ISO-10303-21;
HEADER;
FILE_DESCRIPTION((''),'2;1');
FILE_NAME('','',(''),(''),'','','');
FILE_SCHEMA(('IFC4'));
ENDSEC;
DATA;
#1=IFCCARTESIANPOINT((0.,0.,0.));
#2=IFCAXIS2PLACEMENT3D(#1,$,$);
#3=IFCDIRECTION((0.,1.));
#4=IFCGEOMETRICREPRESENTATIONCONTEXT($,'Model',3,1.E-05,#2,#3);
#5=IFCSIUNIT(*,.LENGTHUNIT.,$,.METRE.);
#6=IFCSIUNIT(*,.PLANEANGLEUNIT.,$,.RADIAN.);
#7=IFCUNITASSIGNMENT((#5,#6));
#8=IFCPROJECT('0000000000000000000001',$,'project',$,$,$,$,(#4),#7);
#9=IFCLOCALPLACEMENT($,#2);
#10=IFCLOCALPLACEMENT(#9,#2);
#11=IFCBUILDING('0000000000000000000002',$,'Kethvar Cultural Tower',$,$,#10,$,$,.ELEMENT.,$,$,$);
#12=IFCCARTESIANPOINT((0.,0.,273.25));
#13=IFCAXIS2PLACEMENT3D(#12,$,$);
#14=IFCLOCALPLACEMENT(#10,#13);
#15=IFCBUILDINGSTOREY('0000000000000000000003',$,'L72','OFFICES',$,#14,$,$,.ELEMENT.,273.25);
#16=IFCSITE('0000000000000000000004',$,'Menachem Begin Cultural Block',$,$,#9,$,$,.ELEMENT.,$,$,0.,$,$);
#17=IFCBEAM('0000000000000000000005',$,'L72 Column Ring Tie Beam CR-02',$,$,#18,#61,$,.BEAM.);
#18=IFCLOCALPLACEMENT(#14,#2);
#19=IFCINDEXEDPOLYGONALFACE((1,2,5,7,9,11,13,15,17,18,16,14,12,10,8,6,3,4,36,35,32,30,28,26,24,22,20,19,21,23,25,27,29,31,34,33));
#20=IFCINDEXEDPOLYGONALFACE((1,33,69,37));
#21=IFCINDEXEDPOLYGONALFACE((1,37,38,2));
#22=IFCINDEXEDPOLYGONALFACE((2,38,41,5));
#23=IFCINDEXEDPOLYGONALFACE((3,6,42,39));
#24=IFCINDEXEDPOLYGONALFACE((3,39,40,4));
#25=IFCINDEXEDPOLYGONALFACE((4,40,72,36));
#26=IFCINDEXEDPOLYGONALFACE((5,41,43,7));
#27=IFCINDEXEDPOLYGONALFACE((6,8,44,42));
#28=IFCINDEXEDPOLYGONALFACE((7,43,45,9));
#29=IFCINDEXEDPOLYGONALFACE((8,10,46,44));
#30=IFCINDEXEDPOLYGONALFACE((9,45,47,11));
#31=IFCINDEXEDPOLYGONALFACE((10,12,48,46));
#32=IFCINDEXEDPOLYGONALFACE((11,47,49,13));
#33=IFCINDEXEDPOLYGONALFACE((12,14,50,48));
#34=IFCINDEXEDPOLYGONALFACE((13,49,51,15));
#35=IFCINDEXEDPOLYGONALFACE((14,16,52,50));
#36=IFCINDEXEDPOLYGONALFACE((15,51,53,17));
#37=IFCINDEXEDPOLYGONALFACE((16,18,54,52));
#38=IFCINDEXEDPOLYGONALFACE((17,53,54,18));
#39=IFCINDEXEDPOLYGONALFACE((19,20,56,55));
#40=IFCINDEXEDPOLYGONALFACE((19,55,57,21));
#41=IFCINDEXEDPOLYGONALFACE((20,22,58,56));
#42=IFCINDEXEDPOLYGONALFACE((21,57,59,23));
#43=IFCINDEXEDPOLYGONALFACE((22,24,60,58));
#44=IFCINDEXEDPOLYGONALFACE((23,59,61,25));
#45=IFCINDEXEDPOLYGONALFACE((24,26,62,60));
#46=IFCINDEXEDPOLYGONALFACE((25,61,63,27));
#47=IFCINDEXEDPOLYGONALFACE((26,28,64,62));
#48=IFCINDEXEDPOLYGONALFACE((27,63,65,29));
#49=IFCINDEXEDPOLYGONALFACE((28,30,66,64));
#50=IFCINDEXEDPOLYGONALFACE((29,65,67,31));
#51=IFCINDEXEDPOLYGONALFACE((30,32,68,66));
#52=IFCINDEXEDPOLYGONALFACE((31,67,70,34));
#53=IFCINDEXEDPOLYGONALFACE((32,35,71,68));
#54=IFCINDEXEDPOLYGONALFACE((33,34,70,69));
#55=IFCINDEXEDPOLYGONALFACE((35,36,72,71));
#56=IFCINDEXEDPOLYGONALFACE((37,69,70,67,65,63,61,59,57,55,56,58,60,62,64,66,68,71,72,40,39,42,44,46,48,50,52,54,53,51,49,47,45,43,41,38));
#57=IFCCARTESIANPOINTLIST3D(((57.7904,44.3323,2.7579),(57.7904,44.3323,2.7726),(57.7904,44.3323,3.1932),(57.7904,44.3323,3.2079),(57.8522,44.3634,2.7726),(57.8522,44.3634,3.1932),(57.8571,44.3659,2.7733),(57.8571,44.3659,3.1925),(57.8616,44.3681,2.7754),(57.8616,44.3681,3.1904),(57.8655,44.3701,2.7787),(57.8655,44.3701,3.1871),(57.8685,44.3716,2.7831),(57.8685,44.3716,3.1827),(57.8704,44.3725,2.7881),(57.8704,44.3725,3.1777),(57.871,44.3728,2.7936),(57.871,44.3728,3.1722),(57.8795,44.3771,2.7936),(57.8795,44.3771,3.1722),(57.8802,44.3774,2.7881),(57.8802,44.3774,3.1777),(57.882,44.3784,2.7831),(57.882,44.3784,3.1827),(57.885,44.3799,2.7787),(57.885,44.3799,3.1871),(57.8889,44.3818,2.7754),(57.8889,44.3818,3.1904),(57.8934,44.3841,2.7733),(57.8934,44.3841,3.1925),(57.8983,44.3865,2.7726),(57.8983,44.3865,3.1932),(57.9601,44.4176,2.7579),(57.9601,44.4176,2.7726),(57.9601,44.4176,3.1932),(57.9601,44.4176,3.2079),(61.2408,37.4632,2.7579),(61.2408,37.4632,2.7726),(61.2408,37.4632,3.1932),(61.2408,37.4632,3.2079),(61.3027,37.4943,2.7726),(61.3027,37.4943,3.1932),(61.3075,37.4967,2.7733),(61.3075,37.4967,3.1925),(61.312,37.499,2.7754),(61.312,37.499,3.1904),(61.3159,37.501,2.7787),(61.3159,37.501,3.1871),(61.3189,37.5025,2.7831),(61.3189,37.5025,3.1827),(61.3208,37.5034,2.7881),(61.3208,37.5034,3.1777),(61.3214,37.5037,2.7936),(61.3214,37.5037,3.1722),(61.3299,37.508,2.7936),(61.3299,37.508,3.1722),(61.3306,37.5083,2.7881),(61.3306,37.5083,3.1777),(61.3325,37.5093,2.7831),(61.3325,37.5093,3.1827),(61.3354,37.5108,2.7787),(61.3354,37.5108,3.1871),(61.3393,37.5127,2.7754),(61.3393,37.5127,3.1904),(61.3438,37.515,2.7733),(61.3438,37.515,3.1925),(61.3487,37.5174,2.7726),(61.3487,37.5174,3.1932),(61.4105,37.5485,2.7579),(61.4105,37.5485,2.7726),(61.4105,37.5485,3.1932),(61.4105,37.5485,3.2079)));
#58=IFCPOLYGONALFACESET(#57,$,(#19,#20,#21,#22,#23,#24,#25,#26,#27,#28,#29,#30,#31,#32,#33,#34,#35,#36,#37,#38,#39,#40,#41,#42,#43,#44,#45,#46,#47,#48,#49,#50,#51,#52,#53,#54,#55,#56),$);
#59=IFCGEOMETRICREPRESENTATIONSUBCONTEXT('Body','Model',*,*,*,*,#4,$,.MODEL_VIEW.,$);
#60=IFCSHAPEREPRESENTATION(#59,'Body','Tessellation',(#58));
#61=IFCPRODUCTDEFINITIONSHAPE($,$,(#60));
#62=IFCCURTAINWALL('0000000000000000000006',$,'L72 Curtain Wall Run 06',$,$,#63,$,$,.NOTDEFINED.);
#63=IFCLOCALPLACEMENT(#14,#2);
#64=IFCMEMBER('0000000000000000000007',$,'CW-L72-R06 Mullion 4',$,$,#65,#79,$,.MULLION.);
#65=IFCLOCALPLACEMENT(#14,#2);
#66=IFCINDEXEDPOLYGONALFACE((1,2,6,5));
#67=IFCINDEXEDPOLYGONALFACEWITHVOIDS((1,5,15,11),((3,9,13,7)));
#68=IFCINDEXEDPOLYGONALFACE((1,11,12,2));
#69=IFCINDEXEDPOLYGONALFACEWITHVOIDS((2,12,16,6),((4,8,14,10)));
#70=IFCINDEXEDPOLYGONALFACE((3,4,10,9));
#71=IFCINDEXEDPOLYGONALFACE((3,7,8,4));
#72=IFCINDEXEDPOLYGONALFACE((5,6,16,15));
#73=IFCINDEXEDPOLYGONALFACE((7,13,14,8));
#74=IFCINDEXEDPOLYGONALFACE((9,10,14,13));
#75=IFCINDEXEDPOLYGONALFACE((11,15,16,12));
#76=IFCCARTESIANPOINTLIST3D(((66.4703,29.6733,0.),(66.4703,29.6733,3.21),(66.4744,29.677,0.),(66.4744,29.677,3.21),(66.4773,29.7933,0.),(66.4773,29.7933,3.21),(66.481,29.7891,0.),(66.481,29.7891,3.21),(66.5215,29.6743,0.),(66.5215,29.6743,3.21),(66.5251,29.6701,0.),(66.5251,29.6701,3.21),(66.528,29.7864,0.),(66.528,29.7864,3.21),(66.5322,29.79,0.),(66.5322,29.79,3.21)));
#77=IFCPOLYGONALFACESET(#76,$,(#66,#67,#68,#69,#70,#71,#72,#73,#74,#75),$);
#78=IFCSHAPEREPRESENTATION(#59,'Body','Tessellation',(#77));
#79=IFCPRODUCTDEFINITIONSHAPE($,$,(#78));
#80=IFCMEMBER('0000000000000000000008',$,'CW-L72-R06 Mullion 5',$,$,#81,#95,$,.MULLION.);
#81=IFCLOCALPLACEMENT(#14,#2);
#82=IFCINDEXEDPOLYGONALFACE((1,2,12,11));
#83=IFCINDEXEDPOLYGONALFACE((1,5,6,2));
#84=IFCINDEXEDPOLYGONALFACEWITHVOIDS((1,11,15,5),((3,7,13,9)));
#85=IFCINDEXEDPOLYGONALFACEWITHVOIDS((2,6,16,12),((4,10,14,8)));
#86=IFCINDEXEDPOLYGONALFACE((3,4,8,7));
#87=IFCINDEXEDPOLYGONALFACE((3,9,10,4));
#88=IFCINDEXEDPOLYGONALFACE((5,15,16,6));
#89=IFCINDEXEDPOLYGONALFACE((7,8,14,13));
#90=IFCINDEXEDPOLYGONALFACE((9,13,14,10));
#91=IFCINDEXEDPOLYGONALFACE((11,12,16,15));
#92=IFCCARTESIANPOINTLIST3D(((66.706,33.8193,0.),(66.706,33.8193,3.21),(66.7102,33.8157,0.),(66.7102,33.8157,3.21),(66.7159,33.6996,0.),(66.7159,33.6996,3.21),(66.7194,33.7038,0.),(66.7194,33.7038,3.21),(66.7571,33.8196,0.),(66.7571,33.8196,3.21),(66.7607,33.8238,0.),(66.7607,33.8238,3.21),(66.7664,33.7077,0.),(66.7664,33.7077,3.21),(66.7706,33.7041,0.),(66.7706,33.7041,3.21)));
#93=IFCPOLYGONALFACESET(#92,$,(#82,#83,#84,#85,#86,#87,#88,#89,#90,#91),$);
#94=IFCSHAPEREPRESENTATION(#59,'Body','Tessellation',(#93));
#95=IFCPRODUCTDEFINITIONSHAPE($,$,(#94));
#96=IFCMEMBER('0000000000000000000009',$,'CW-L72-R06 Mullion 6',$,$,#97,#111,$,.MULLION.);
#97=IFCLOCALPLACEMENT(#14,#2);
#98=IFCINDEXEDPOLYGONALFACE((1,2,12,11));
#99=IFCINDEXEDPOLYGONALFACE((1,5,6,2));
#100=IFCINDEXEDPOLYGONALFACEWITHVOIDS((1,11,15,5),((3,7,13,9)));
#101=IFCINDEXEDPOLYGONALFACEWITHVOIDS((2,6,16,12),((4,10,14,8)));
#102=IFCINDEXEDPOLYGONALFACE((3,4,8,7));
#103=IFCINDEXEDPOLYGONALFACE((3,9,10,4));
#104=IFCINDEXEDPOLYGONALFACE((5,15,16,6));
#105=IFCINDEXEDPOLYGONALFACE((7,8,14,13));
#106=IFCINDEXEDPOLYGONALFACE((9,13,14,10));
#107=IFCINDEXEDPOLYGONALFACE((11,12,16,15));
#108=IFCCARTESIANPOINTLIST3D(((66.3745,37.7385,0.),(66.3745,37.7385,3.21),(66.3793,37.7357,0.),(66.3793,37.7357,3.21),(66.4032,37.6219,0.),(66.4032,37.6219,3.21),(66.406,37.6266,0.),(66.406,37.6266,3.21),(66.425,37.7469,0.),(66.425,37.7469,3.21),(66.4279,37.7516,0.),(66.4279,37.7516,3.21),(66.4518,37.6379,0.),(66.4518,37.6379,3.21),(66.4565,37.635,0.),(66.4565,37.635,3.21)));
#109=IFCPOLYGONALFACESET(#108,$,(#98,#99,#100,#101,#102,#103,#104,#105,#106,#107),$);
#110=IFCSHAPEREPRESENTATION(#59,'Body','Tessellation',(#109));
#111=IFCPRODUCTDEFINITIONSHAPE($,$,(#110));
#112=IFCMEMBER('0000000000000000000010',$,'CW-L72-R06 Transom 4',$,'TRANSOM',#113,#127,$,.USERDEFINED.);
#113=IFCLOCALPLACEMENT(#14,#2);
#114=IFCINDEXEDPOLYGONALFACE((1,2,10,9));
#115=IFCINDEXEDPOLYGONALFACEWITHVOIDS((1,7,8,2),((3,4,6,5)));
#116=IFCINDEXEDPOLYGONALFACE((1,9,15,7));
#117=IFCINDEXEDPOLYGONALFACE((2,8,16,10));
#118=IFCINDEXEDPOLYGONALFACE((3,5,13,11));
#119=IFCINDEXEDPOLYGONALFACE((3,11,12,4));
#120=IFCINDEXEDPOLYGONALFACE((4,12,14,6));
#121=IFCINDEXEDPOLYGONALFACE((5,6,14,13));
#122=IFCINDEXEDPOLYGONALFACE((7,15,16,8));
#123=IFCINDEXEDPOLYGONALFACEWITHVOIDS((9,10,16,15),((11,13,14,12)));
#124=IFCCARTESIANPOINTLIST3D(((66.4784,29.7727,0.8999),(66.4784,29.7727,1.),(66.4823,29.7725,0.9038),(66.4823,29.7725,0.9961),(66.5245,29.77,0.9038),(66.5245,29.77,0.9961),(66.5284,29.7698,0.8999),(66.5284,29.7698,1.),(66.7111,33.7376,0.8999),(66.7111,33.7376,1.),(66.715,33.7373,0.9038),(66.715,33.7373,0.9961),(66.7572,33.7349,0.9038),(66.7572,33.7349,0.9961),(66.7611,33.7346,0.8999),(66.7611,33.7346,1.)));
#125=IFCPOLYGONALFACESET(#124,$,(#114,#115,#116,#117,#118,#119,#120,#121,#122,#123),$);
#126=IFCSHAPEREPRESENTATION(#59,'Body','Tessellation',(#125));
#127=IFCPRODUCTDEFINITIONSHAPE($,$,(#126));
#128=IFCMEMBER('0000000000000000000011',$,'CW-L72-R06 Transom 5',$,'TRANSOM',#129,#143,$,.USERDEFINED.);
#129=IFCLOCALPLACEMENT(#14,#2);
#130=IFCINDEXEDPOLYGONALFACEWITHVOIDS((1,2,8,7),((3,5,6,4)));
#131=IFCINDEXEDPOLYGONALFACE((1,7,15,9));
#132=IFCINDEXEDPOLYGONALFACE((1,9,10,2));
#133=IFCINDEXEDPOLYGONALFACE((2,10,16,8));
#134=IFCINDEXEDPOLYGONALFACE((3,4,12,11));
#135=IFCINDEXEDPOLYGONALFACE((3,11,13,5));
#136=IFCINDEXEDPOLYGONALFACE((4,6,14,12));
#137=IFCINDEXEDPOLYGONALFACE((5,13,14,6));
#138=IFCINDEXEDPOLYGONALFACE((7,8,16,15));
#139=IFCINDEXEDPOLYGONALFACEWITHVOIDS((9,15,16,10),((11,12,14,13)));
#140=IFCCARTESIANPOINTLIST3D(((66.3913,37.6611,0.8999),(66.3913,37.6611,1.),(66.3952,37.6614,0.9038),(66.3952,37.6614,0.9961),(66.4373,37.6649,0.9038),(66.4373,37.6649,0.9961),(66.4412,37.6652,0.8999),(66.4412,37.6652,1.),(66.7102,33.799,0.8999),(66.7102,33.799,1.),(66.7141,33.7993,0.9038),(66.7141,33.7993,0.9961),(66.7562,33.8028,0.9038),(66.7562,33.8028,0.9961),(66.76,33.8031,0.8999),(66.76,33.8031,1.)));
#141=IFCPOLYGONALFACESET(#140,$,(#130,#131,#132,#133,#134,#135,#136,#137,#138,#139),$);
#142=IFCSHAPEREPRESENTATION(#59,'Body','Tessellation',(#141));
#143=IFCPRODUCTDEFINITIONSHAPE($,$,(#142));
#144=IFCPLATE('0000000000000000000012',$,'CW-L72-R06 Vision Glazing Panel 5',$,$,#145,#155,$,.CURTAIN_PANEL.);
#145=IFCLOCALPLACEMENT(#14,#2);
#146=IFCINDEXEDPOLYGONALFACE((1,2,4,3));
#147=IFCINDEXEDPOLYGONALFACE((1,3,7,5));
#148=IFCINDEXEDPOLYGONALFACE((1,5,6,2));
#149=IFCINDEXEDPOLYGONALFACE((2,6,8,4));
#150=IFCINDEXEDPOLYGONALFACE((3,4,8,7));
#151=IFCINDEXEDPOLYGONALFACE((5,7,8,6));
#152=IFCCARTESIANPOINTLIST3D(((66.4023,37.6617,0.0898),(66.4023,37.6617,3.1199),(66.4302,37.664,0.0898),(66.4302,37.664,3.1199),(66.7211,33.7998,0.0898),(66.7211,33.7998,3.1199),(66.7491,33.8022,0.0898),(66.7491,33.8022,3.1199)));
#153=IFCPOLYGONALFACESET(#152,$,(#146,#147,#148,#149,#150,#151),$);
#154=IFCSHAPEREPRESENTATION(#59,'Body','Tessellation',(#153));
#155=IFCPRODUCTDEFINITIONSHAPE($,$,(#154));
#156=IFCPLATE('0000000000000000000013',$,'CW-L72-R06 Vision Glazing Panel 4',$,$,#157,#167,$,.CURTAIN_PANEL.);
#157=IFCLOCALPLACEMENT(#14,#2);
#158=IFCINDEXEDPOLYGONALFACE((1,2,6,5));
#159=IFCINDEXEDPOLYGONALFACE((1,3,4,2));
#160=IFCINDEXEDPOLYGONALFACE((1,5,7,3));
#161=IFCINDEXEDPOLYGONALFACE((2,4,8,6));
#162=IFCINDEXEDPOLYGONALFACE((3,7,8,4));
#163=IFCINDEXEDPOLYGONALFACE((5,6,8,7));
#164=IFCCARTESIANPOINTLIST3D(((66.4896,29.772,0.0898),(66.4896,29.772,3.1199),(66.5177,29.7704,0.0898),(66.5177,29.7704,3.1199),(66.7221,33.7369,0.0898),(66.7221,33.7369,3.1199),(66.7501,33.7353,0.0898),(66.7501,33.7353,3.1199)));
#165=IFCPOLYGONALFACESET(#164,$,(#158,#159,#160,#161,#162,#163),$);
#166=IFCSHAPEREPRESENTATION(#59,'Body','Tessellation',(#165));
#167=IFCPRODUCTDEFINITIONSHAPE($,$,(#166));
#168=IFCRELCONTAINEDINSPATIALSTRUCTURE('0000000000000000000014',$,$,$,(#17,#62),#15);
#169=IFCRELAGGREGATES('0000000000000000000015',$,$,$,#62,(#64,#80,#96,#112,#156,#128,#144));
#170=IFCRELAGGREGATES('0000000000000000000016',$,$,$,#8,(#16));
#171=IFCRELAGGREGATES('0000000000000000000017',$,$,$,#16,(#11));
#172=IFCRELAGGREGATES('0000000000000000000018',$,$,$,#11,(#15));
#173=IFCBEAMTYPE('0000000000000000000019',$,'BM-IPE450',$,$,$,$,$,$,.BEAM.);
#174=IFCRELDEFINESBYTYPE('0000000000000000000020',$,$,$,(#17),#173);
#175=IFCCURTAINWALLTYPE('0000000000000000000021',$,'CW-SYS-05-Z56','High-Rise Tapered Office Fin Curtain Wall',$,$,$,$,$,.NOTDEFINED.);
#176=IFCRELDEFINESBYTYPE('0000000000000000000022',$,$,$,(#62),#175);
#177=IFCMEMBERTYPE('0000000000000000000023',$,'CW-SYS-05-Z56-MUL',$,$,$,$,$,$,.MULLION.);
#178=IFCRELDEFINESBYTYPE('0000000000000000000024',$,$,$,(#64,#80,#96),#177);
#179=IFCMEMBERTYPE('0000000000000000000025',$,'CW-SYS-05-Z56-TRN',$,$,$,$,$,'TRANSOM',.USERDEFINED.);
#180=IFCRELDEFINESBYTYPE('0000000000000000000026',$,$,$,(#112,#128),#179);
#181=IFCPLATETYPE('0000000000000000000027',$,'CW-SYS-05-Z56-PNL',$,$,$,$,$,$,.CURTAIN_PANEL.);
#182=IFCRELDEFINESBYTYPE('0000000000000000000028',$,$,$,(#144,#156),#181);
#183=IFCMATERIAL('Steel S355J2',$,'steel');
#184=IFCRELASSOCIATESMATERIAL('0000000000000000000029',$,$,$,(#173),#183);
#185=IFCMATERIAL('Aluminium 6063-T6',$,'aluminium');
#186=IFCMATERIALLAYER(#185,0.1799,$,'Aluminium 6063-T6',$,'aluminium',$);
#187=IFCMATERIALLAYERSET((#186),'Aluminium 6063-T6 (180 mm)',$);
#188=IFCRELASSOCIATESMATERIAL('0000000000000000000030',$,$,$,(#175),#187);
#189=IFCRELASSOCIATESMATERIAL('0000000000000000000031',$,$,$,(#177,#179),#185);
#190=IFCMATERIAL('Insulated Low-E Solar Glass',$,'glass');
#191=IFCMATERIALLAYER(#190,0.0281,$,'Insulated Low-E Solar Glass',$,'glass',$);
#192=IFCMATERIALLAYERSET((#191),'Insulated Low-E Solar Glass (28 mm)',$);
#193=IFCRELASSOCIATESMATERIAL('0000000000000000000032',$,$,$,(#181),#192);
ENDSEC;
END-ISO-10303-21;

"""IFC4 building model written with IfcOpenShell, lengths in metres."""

from ifc_helpers import new_model, si_unit, direction, frame, origin, origin_2d, place, context, subcontext, project, spatial, rectangle, hollow_rectangle, i_section, extrude, source, transform, mapped, material, layer, layer_set, material_profile, profile_set, type_object, element, aggregate, save


model = new_model("IFC4")

# Units and contexts
model_context = context("Model", 3, precision=1e-05, world=origin(), true_north=direction((0.0, 1.0)))
body_context = subcontext(model_context, "Body", "Model", "MODEL_VIEW")
ifc_project = project(units=[si_unit("LENGTHUNIT", "METRE"), si_unit("PLANEANGLEUNIT", "RADIAN")], contexts=[model_context])

# Site, building, storey
site_placement = place(None, origin())
site = spatial("IfcSite", under=ifc_project, at=site_placement, Name="Menachem Begin Cultural Block", CompositionType="ELEMENT", RefElevation=0.0)
building_placement = place(site_placement, origin())
building = spatial("IfcBuilding", under=site, at=building_placement, Name="Kethvar Cultural Tower", CompositionType="ELEMENT")
storey_placement = place(building_placement, frame((0.0, 0.0, 273.25)))
storey = spatial("IfcBuildingStorey", under=building, at=storey_placement, Name="L72", Description="OFFICES", CompositionType="ELEMENT", Elevation=273.25)

# Shared definitions
ifc_material_1 = material(Name="Steel S355J2", Category="steel")

# Beam
ifc_material_profile_1 = material_profile(ifc_material_1, i_section(OverallWidth=0.1899, OverallDepth=0.45, WebThickness=0.0095, FlangeThickness=0.0146, FilletRadius=0.021, at=origin_2d()), Name="Steel S355J2 — IPE450")
ifc_profile_set_1 = profile_set([ifc_material_profile_1], Name="Steel S355J2 — IPE450")
beam_type_1 = type_object("IfcBeamType", Name="BM-IPE450", PredefinedType="BEAM", material=ifc_profile_set_1)
shared_shape_1 = source(origin(), body_context, "Body", "SweptSolid", [
    extrude(i_section(OverallWidth=0.1899, OverallDepth=0.45, WebThickness=0.0095, FlangeThickness=0.0146, FilletRadius=0.021, at=origin_2d()), origin(), (0.0, 0.0, 1.0), 7.687),
])
beam_1_placement = place(storey_placement, frame((61.3257, 37.5059, 2.9829), z_axis=(-0.448864, 0.8936, 0.0), x_axis=(-0.8936, -0.448864, 0.0)))
element("IfcBeam", 1, at=beam_1_placement, inside=storey, type_object=beam_type_1, Name="L72 Column Ring Tie Beam CR-02", PredefinedType="BEAM", context=body_context, shape_type="MappedRepresentation", body=[
    mapped(shared_shape_1, transform((0.0, 0.0, 0.0), scale=1.0)),
])

# Curtain wall, members, plates
ifc_material_2 = material(Name="Aluminium 6063-T6", Category="aluminium")
ifc_layer_1 = layer(ifc_material_2, 0.1799, Name="Aluminium 6063-T6", Category="aluminium")
ifc_layer_set_1 = layer_set([ifc_layer_1], Name="Aluminium 6063-T6 (180 mm)")
curtain_wall_type = type_object("IfcCurtainWallType", Name="CW-SYS-05-Z56", Description="High-Rise Tapered Office Fin Curtain Wall", PredefinedType="NOTDEFINED", material=ifc_layer_set_1)
curtain_wall_placement = place(storey_placement, origin())
curtain_wall = element("IfcCurtainWall", 2, at=curtain_wall_placement, inside=storey, type_object=curtain_wall_type, Name="L72 Curtain Wall Run 06", PredefinedType="NOTDEFINED")
ifc_material_profile_2 = material_profile(ifc_material_2, hollow_rectangle(XDim=0.0549, YDim=0.1201, WallThickness=0.0039, at=origin_2d()), Name="Aluminium 6063-T6 — RHS120x55x4")
ifc_profile_set_2 = profile_set([ifc_material_profile_2], Name="Aluminium 6063-T6 — RHS120x55x4")
member_type_1 = type_object("IfcMemberType", Name="CW-SYS-05-Z56-MUL", PredefinedType="MULLION", material=ifc_profile_set_2)
shared_shape_2 = source(origin(), body_context, "Body", "SweptSolid", [
    extrude(hollow_rectangle(XDim=0.0549, YDim=0.1201, WallThickness=0.0039, at=origin_2d()), origin(), (0.0, 0.0, 1.0), 3.21),
])
member_1_placement = place(storey_placement, frame((66.5012, 29.7317, 0.0), z_axis=(0.0, 0.0, 1.0), x_axis=(-0.998286, 0.058522, 0.0)))
member_1 = element("IfcMember", 3, at=member_1_placement, type_object=member_type_1, Name="CW-L72-R06 Mullion 4", PredefinedType="MULLION", context=body_context, shape_type="MappedRepresentation", body=[
    mapped(shared_shape_2, transform((0.0, 0.0, 0.0), scale=1.0)),
])
member_2_placement = place(storey_placement, frame((66.7383, 33.7617, 0.0), z_axis=(0.0, 0.0, 1.0), x_axis=(-0.996609, -0.082286, 0.0)))
member_2 = element("IfcMember", 4, at=member_2_placement, type_object=member_type_1, Name="CW-L72-R06 Mullion 5", PredefinedType="MULLION", context=body_context, shape_type="MappedRepresentation", body=[
    mapped(shared_shape_2, transform((0.0, 0.0, 0.0), scale=1.0)),
])
member_3_placement = place(storey_placement, frame((66.4155, 37.6868, 0.0), z_axis=(0.0, 0.0, 1.0), x_axis=(-0.971138, -0.238517, 0.0)))
member_3 = element("IfcMember", 5, at=member_3_placement, type_object=member_type_1, Name="CW-L72-R06 Mullion 6", PredefinedType="MULLION", context=body_context, shape_type="MappedRepresentation", body=[
    mapped(shared_shape_2, transform((0.0, 0.0, 0.0), scale=1.0)),
])
ifc_material_profile_3 = material_profile(ifc_material_2, hollow_rectangle(XDim=0.05, YDim=0.1001, WallThickness=0.0039, at=origin_2d()), Name="Aluminium 6063-T6 — RHS100x50x4")
ifc_profile_set_3 = profile_set([ifc_material_profile_3], Name="Aluminium 6063-T6 — RHS100x50x4")
member_type_2 = type_object("IfcMemberType", Name="CW-SYS-05-Z56-TRN", ElementType="TRANSOM", PredefinedType="USERDEFINED", material=ifc_profile_set_3)
shared_shape_3 = source(origin(), body_context, "Body", "SweptSolid", [
    extrude(hollow_rectangle(XDim=0.05, YDim=0.1001, WallThickness=0.0039, at=origin_2d()), origin(), (0.0, 0.0, 1.0), 3.9717),
])
member_4_placement = place(storey_placement, frame((66.5034, 29.7712, 0.95), z_axis=(0.058581, 0.998283, 0.0), x_axis=(-0.998283, 0.058581, 0.0)))
member_4 = element("IfcMember", 6, at=member_4_placement, type_object=member_type_2, Name="CW-L72-R06 Transom 4", ObjectType="TRANSOM", PredefinedType="USERDEFINED", context=body_context, shape_type="MappedRepresentation", body=[
    mapped(shared_shape_3, transform((0.0, 0.0, 0.0), scale=1.0)),
])
shared_shape_4 = source(origin(), body_context, "Body", "SweptSolid", [
    extrude(hollow_rectangle(XDim=0.05, YDim=0.1001, WallThickness=0.0039, at=origin_2d()), origin(), (0.0, 0.0, 1.0), 3.8752),
])
member_5_placement = place(storey_placement, frame((66.7351, 33.801, 0.95), z_axis=(-0.082279, 0.996609, 0.0), x_axis=(-0.996609, -0.082279, 0.0)))
member_5 = element("IfcMember", 7, at=member_5_placement, type_object=member_type_2, Name="CW-L72-R06 Transom 5", ObjectType="TRANSOM", PredefinedType="USERDEFINED", context=body_context, shape_type="MappedRepresentation", body=[
    mapped(shared_shape_4, transform((0.0, 0.0, 0.0), scale=1.0)),
])
ifc_material_3 = material(Name="Insulated Low-E Solar Glass", Category="glass")
ifc_layer_2 = layer(ifc_material_3, 0.0281, Name="Insulated Low-E Solar Glass", Category="glass")
ifc_layer_set_2 = layer_set([ifc_layer_2], Name="Insulated Low-E Solar Glass (28 mm)")
plate_type = type_object("IfcPlateType", Name="CW-SYS-05-Z56-PNL", PredefinedType="CURTAIN_PANEL", material=ifc_layer_set_2)
shared_shape_5 = source(origin(), body_context, "Body", "SweptSolid", [
    extrude(rectangle(XDim=3.875, YDim=0.0281, at=origin_2d()), origin(), (0.0, 0.0, 1.0), 3.03),
])
plate_1_placement = place(storey_placement, frame((66.5757, 35.7319, 0.0898), z_axis=(0.0, 0.0, 1.0), x_axis=(-0.082286, 0.996609, 0.0)))
plate_1 = element("IfcPlate", 8, at=plate_1_placement, type_object=plate_type, Name="CW-L72-R06 Vision Glazing Panel 5", PredefinedType="CURTAIN_PANEL", context=body_context, shape_type="MappedRepresentation", body=[
    mapped(shared_shape_5, transform((0.0, 0.0, 0.0), scale=1.0)),
])
shared_shape_6 = source(origin(), body_context, "Body", "SweptSolid", [
    extrude(rectangle(XDim=3.9717, YDim=0.0281, at=origin_2d()), origin(), (0.0, 0.0, 1.0), 3.03),
])
plate_2_placement = place(storey_placement, frame((66.6199, 31.7537, 0.0898), z_axis=(0.0, 0.0, 1.0), x_axis=(0.058522, 0.998286, 0.0)))
plate_2 = element("IfcPlate", 9, at=plate_2_placement, type_object=plate_type, Name="CW-L72-R06 Vision Glazing Panel 4", PredefinedType="CURTAIN_PANEL", context=body_context, shape_type="MappedRepresentation", body=[
    mapped(shared_shape_6, transform((0.0, 0.0, 0.0), scale=1.0)),
])
aggregate(curtain_wall, [member_1, member_2, member_3, member_4, plate_2, member_5, plate_1])

save(model, "model.ifc")
